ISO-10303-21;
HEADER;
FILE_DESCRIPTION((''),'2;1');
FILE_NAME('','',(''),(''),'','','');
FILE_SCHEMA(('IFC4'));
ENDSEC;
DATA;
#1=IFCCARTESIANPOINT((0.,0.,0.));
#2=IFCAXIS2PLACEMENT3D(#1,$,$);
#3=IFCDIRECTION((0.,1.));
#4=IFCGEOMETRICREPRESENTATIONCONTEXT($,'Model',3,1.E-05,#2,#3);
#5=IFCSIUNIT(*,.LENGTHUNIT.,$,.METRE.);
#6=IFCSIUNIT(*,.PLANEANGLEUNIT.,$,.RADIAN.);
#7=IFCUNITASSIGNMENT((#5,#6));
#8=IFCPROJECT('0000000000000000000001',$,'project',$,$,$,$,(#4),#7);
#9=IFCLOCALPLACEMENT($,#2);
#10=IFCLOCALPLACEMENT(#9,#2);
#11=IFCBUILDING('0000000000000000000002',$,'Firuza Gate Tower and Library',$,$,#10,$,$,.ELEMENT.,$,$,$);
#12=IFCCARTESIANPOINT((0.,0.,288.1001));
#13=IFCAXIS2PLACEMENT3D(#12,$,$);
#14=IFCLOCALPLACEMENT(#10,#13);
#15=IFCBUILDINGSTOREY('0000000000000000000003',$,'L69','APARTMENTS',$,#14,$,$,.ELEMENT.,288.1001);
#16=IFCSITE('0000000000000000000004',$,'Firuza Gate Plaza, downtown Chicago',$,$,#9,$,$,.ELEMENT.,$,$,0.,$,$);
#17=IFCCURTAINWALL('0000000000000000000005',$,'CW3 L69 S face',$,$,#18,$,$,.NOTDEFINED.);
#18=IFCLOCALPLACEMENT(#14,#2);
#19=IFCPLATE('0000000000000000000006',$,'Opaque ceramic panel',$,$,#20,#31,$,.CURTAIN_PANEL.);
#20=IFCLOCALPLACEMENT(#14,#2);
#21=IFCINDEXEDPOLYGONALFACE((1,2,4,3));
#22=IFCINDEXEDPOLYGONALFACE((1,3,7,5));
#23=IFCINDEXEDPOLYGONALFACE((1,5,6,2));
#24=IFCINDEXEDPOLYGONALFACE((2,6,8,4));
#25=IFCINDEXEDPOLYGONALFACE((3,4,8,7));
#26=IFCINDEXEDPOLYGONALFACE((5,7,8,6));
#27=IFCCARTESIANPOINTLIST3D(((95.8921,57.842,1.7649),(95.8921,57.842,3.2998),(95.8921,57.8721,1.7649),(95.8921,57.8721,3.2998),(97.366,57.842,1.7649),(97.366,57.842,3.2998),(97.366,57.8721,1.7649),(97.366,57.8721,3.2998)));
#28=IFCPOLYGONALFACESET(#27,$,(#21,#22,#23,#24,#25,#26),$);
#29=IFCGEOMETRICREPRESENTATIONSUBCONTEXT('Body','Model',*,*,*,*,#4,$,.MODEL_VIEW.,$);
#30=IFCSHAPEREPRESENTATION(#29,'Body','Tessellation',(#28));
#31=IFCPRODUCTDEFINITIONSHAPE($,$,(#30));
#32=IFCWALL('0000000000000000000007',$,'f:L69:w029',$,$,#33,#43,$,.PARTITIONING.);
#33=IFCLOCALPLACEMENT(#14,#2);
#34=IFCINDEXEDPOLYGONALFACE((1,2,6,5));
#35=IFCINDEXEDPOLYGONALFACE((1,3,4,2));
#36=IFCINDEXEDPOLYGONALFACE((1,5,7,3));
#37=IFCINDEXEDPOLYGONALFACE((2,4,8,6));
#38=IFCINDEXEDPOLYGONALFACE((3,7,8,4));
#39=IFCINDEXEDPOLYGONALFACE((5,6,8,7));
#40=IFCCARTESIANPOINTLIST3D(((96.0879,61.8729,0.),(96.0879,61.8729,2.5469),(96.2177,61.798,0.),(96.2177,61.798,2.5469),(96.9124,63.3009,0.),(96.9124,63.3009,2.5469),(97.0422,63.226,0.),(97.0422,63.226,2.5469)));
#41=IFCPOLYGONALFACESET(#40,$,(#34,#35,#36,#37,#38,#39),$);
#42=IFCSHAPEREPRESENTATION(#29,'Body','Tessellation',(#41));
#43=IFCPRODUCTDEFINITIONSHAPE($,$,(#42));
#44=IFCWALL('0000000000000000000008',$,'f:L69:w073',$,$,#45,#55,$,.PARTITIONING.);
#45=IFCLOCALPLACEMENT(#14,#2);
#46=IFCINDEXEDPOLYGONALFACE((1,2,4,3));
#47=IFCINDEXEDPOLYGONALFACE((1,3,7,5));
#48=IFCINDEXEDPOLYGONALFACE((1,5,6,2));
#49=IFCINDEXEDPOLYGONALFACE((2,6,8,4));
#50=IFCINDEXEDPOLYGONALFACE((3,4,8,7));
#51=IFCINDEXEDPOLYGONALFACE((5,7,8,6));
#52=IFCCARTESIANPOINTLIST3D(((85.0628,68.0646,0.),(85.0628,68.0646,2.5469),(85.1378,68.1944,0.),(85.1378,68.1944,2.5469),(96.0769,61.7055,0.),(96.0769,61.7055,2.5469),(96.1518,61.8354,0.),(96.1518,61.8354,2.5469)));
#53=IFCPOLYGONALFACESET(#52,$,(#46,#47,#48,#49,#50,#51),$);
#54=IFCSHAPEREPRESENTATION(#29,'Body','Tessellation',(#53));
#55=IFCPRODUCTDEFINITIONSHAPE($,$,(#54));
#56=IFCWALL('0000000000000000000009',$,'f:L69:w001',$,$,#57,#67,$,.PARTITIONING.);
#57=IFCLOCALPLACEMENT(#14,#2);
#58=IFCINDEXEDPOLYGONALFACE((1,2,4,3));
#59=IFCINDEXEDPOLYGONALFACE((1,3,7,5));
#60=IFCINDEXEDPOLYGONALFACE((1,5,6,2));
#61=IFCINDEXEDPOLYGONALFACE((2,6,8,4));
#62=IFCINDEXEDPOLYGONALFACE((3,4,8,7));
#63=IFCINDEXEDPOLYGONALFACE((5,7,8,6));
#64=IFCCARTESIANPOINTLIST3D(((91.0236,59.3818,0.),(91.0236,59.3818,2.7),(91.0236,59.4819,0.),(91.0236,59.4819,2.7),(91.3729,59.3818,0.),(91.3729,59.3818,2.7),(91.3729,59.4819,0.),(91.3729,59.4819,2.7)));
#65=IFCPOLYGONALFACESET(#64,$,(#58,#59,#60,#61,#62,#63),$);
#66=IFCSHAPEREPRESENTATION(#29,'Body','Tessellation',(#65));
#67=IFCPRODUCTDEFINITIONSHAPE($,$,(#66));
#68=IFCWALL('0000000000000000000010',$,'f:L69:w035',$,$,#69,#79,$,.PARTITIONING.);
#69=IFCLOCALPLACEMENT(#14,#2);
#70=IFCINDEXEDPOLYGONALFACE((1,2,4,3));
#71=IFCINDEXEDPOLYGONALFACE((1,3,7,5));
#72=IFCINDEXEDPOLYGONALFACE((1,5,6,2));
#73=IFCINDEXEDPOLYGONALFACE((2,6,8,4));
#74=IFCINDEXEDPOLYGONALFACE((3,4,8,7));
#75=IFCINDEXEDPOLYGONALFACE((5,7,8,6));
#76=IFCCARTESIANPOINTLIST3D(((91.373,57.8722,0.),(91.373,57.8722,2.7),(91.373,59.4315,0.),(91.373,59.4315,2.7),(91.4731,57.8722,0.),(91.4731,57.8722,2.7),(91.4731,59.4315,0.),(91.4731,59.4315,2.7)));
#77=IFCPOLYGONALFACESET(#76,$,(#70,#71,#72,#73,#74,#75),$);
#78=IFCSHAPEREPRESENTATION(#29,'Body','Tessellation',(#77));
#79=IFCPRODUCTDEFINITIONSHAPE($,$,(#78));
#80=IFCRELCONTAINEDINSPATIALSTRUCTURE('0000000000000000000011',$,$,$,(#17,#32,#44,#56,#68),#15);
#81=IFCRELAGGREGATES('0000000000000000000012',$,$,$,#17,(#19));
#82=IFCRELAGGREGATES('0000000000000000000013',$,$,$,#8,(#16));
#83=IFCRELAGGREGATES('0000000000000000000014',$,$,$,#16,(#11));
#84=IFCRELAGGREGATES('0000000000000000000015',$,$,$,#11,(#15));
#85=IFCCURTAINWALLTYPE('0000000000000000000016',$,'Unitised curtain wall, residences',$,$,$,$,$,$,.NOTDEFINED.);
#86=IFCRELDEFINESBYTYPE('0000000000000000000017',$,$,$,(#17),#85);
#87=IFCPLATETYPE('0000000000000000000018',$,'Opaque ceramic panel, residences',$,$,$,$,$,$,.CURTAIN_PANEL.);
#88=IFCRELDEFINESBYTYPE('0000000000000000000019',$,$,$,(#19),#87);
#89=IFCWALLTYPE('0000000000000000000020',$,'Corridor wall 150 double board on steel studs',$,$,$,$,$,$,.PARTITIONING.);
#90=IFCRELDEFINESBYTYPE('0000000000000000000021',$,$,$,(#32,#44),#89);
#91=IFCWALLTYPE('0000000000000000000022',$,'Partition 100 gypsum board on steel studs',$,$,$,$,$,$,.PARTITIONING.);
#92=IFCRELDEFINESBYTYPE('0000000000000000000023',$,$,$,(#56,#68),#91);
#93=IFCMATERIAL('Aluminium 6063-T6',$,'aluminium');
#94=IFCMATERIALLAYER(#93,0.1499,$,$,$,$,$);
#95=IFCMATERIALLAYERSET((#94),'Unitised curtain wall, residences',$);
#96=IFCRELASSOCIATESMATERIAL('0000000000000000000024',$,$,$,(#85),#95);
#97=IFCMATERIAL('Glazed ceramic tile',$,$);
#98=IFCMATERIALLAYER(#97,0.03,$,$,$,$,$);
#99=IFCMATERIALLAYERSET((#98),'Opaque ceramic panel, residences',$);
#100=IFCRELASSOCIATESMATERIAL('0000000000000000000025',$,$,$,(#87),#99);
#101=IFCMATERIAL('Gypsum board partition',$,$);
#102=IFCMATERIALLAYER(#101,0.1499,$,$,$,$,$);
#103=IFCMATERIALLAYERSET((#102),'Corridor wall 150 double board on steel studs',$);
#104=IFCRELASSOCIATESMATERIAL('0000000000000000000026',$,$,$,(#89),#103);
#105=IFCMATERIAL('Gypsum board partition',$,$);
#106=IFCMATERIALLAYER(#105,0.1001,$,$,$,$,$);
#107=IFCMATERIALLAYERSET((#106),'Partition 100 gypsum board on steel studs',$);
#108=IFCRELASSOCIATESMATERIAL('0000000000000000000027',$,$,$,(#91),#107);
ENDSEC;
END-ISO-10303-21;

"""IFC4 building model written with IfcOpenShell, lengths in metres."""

from ifc_helpers import new_model, si_unit, direction, frame, frame_2d, origin, place, context, subcontext, project, spatial, polyline, rectangle, outline, extrude, material, layer, layer_set, type_object, element, aggregate, save


model = new_model("IFC4")

# Units and contexts
model_context = context("Model", 3, precision=1e-05, world=origin(), true_north=direction((0.0, 1.0)))
body_context = subcontext(model_context, "Body", "Model", "MODEL_VIEW")
ifc_project = project(units=[si_unit("LENGTHUNIT", "METRE"), si_unit("PLANEANGLEUNIT", "RADIAN")], contexts=[model_context])

# Site, building, storey
site_placement = place(None, origin())
site = spatial("IfcSite", under=ifc_project, at=site_placement, Name="Firuza Gate Plaza, downtown Chicago", CompositionType="ELEMENT", RefElevation=0.0)
building_placement = place(site_placement, origin())
building = spatial("IfcBuilding", under=site, at=building_placement, Name="Firuza Gate Tower and Library", CompositionType="ELEMENT")
storey_placement = place(building_placement, frame((0.0, 0.0, 288.1001)))
storey = spatial("IfcBuildingStorey", under=building, at=storey_placement, Name="L69", Description="APARTMENTS", CompositionType="ELEMENT", Elevation=288.1001)

# Curtain wall
ifc_material_1 = material(Name="Aluminium 6063-T6", Category="aluminium")
ifc_layer_1 = layer(ifc_material_1, 0.1499)
ifc_layer_set_1 = layer_set([ifc_layer_1], Name="Unitised curtain wall, residences")
curtain_wall_type_1 = type_object("IfcCurtainWallType", Name="Unitised curtain wall, residences", PredefinedType="NOTDEFINED", material=ifc_layer_set_1)
placement = place(storey_placement, origin())
curtain_wall_1 = element("IfcCurtainWall", 1, at=placement, inside=storey, type_object=curtain_wall_type_1, Name="CW3 L69 S face", PredefinedType="NOTDEFINED")

# Plate
ifc_material_2 = material(Name="Glazed ceramic tile")
ifc_layer_2 = layer(ifc_material_2, 0.03)
ifc_layer_set_2 = layer_set([ifc_layer_2], Name="Opaque ceramic panel, residences")
plate_type_1 = type_object("IfcPlateType", Name="Opaque ceramic panel, residences", PredefinedType="CURTAIN_PANEL", material=ifc_layer_set_2)
plate_1_placement = place(storey_placement, frame((95.8921, 57.842, 1.7649), z_axis=(0.0, -1.0, 0.0), x_axis=(1.0, 0.0, 0.0)))
plate_1 = element("IfcPlate", 2, at=plate_1_placement, type_object=plate_type_1, Name="Opaque ceramic panel", PredefinedType="CURTAIN_PANEL", context=body_context, shape_type="SweptSolid", body=[
    extrude(outline(polyline([(0.0, 0.0), (1.4739, 0.0), (1.4739, 1.5349), (0.0, 1.5349), (0.0, 0.0)])), origin(), (0.0, 0.0, -1.0), 0.03),
])
aggregate(curtain_wall_1, [plate_1])

# Walls
ifc_material_3 = material(Name="Gypsum board partition")
ifc_layer_3 = layer(ifc_material_3, 0.1499)
ifc_layer_set_3 = layer_set([ifc_layer_3], Name="Corridor wall 150 double board on steel studs")
wall_type_1 = type_object("IfcWallType", Name="Corridor wall 150 double board on steel studs", PredefinedType="PARTITIONING", material=ifc_layer_set_3)
wall_1_placement = place(storey_placement, frame((96.1528, 61.8354, 0.0), z_axis=(0.0, 0.0, 1.0), x_axis=(0.500009, 0.86602, 0.0)))
element("IfcWall", 3, at=wall_1_placement, inside=storey, type_object=wall_type_1, Name="f:L69:w029", PredefinedType="PARTITIONING", context=body_context, shape_type="SweptSolid", body=[
    extrude(rectangle(XDim=1.6489, YDim=0.1499, at=frame_2d((0.8245, 0.0))), origin(), (0.0, 0.0, 1.0), 2.5469),
])
wall_2_placement = place(storey_placement, frame((96.1143, 61.7705, 0.0), z_axis=(0.0, 0.0, 1.0), x_axis=(-0.866022, 0.500006, 0.0)))
element("IfcWall", 4, at=wall_2_placement, inside=storey, type_object=wall_type_1, Name="f:L69:w073", PredefinedType="PARTITIONING", context=body_context, shape_type="SweptSolid", body=[
    extrude(rectangle(XDim=12.718, YDim=0.1499, at=frame_2d((6.3589, 0.0))), origin(), (0.0, 0.0, 1.0), 2.5469),
])
ifc_material_4 = material(Name="Gypsum board partition")
ifc_layer_4 = layer(ifc_material_4, 0.1001)
ifc_layer_set_4 = layer_set([ifc_layer_4], Name="Partition 100 gypsum board on steel studs")
wall_type_2 = type_object("IfcWallType", Name="Partition 100 gypsum board on steel studs", PredefinedType="PARTITIONING", material=ifc_layer_set_4)
wall_3_placement = place(storey_placement, frame((91.0234, 59.4319, 0.0), z_axis=(0.0, 0.0, 1.0), x_axis=(1.0, 0.0, 0.0)))
element("IfcWall", 5, at=wall_3_placement, inside=storey, type_object=wall_type_2, Name="f:L69:w001", PredefinedType="PARTITIONING", context=body_context, shape_type="SweptSolid", body=[
    extrude(rectangle(XDim=0.3494, YDim=0.1001, at=frame_2d((0.1748, 0.0))), origin(), (0.0, 0.0, 1.0), 2.7),
])
wall_4_placement = place(storey_placement, frame((91.4231, 57.8721, 0.0), z_axis=(0.0, 0.0, 1.0), x_axis=(0.0, 1.0, 0.0)))
element("IfcWall", 6, at=wall_4_placement, inside=storey, type_object=wall_type_2, Name="f:L69:w035", PredefinedType="PARTITIONING", context=body_context, shape_type="SweptSolid", body=[
    extrude(rectangle(XDim=1.5593, YDim=0.1001, at=frame_2d((0.7798, 0.0))), origin(), (0.0, 0.0, 1.0), 2.7),
])

save(model, "model.ifc")
